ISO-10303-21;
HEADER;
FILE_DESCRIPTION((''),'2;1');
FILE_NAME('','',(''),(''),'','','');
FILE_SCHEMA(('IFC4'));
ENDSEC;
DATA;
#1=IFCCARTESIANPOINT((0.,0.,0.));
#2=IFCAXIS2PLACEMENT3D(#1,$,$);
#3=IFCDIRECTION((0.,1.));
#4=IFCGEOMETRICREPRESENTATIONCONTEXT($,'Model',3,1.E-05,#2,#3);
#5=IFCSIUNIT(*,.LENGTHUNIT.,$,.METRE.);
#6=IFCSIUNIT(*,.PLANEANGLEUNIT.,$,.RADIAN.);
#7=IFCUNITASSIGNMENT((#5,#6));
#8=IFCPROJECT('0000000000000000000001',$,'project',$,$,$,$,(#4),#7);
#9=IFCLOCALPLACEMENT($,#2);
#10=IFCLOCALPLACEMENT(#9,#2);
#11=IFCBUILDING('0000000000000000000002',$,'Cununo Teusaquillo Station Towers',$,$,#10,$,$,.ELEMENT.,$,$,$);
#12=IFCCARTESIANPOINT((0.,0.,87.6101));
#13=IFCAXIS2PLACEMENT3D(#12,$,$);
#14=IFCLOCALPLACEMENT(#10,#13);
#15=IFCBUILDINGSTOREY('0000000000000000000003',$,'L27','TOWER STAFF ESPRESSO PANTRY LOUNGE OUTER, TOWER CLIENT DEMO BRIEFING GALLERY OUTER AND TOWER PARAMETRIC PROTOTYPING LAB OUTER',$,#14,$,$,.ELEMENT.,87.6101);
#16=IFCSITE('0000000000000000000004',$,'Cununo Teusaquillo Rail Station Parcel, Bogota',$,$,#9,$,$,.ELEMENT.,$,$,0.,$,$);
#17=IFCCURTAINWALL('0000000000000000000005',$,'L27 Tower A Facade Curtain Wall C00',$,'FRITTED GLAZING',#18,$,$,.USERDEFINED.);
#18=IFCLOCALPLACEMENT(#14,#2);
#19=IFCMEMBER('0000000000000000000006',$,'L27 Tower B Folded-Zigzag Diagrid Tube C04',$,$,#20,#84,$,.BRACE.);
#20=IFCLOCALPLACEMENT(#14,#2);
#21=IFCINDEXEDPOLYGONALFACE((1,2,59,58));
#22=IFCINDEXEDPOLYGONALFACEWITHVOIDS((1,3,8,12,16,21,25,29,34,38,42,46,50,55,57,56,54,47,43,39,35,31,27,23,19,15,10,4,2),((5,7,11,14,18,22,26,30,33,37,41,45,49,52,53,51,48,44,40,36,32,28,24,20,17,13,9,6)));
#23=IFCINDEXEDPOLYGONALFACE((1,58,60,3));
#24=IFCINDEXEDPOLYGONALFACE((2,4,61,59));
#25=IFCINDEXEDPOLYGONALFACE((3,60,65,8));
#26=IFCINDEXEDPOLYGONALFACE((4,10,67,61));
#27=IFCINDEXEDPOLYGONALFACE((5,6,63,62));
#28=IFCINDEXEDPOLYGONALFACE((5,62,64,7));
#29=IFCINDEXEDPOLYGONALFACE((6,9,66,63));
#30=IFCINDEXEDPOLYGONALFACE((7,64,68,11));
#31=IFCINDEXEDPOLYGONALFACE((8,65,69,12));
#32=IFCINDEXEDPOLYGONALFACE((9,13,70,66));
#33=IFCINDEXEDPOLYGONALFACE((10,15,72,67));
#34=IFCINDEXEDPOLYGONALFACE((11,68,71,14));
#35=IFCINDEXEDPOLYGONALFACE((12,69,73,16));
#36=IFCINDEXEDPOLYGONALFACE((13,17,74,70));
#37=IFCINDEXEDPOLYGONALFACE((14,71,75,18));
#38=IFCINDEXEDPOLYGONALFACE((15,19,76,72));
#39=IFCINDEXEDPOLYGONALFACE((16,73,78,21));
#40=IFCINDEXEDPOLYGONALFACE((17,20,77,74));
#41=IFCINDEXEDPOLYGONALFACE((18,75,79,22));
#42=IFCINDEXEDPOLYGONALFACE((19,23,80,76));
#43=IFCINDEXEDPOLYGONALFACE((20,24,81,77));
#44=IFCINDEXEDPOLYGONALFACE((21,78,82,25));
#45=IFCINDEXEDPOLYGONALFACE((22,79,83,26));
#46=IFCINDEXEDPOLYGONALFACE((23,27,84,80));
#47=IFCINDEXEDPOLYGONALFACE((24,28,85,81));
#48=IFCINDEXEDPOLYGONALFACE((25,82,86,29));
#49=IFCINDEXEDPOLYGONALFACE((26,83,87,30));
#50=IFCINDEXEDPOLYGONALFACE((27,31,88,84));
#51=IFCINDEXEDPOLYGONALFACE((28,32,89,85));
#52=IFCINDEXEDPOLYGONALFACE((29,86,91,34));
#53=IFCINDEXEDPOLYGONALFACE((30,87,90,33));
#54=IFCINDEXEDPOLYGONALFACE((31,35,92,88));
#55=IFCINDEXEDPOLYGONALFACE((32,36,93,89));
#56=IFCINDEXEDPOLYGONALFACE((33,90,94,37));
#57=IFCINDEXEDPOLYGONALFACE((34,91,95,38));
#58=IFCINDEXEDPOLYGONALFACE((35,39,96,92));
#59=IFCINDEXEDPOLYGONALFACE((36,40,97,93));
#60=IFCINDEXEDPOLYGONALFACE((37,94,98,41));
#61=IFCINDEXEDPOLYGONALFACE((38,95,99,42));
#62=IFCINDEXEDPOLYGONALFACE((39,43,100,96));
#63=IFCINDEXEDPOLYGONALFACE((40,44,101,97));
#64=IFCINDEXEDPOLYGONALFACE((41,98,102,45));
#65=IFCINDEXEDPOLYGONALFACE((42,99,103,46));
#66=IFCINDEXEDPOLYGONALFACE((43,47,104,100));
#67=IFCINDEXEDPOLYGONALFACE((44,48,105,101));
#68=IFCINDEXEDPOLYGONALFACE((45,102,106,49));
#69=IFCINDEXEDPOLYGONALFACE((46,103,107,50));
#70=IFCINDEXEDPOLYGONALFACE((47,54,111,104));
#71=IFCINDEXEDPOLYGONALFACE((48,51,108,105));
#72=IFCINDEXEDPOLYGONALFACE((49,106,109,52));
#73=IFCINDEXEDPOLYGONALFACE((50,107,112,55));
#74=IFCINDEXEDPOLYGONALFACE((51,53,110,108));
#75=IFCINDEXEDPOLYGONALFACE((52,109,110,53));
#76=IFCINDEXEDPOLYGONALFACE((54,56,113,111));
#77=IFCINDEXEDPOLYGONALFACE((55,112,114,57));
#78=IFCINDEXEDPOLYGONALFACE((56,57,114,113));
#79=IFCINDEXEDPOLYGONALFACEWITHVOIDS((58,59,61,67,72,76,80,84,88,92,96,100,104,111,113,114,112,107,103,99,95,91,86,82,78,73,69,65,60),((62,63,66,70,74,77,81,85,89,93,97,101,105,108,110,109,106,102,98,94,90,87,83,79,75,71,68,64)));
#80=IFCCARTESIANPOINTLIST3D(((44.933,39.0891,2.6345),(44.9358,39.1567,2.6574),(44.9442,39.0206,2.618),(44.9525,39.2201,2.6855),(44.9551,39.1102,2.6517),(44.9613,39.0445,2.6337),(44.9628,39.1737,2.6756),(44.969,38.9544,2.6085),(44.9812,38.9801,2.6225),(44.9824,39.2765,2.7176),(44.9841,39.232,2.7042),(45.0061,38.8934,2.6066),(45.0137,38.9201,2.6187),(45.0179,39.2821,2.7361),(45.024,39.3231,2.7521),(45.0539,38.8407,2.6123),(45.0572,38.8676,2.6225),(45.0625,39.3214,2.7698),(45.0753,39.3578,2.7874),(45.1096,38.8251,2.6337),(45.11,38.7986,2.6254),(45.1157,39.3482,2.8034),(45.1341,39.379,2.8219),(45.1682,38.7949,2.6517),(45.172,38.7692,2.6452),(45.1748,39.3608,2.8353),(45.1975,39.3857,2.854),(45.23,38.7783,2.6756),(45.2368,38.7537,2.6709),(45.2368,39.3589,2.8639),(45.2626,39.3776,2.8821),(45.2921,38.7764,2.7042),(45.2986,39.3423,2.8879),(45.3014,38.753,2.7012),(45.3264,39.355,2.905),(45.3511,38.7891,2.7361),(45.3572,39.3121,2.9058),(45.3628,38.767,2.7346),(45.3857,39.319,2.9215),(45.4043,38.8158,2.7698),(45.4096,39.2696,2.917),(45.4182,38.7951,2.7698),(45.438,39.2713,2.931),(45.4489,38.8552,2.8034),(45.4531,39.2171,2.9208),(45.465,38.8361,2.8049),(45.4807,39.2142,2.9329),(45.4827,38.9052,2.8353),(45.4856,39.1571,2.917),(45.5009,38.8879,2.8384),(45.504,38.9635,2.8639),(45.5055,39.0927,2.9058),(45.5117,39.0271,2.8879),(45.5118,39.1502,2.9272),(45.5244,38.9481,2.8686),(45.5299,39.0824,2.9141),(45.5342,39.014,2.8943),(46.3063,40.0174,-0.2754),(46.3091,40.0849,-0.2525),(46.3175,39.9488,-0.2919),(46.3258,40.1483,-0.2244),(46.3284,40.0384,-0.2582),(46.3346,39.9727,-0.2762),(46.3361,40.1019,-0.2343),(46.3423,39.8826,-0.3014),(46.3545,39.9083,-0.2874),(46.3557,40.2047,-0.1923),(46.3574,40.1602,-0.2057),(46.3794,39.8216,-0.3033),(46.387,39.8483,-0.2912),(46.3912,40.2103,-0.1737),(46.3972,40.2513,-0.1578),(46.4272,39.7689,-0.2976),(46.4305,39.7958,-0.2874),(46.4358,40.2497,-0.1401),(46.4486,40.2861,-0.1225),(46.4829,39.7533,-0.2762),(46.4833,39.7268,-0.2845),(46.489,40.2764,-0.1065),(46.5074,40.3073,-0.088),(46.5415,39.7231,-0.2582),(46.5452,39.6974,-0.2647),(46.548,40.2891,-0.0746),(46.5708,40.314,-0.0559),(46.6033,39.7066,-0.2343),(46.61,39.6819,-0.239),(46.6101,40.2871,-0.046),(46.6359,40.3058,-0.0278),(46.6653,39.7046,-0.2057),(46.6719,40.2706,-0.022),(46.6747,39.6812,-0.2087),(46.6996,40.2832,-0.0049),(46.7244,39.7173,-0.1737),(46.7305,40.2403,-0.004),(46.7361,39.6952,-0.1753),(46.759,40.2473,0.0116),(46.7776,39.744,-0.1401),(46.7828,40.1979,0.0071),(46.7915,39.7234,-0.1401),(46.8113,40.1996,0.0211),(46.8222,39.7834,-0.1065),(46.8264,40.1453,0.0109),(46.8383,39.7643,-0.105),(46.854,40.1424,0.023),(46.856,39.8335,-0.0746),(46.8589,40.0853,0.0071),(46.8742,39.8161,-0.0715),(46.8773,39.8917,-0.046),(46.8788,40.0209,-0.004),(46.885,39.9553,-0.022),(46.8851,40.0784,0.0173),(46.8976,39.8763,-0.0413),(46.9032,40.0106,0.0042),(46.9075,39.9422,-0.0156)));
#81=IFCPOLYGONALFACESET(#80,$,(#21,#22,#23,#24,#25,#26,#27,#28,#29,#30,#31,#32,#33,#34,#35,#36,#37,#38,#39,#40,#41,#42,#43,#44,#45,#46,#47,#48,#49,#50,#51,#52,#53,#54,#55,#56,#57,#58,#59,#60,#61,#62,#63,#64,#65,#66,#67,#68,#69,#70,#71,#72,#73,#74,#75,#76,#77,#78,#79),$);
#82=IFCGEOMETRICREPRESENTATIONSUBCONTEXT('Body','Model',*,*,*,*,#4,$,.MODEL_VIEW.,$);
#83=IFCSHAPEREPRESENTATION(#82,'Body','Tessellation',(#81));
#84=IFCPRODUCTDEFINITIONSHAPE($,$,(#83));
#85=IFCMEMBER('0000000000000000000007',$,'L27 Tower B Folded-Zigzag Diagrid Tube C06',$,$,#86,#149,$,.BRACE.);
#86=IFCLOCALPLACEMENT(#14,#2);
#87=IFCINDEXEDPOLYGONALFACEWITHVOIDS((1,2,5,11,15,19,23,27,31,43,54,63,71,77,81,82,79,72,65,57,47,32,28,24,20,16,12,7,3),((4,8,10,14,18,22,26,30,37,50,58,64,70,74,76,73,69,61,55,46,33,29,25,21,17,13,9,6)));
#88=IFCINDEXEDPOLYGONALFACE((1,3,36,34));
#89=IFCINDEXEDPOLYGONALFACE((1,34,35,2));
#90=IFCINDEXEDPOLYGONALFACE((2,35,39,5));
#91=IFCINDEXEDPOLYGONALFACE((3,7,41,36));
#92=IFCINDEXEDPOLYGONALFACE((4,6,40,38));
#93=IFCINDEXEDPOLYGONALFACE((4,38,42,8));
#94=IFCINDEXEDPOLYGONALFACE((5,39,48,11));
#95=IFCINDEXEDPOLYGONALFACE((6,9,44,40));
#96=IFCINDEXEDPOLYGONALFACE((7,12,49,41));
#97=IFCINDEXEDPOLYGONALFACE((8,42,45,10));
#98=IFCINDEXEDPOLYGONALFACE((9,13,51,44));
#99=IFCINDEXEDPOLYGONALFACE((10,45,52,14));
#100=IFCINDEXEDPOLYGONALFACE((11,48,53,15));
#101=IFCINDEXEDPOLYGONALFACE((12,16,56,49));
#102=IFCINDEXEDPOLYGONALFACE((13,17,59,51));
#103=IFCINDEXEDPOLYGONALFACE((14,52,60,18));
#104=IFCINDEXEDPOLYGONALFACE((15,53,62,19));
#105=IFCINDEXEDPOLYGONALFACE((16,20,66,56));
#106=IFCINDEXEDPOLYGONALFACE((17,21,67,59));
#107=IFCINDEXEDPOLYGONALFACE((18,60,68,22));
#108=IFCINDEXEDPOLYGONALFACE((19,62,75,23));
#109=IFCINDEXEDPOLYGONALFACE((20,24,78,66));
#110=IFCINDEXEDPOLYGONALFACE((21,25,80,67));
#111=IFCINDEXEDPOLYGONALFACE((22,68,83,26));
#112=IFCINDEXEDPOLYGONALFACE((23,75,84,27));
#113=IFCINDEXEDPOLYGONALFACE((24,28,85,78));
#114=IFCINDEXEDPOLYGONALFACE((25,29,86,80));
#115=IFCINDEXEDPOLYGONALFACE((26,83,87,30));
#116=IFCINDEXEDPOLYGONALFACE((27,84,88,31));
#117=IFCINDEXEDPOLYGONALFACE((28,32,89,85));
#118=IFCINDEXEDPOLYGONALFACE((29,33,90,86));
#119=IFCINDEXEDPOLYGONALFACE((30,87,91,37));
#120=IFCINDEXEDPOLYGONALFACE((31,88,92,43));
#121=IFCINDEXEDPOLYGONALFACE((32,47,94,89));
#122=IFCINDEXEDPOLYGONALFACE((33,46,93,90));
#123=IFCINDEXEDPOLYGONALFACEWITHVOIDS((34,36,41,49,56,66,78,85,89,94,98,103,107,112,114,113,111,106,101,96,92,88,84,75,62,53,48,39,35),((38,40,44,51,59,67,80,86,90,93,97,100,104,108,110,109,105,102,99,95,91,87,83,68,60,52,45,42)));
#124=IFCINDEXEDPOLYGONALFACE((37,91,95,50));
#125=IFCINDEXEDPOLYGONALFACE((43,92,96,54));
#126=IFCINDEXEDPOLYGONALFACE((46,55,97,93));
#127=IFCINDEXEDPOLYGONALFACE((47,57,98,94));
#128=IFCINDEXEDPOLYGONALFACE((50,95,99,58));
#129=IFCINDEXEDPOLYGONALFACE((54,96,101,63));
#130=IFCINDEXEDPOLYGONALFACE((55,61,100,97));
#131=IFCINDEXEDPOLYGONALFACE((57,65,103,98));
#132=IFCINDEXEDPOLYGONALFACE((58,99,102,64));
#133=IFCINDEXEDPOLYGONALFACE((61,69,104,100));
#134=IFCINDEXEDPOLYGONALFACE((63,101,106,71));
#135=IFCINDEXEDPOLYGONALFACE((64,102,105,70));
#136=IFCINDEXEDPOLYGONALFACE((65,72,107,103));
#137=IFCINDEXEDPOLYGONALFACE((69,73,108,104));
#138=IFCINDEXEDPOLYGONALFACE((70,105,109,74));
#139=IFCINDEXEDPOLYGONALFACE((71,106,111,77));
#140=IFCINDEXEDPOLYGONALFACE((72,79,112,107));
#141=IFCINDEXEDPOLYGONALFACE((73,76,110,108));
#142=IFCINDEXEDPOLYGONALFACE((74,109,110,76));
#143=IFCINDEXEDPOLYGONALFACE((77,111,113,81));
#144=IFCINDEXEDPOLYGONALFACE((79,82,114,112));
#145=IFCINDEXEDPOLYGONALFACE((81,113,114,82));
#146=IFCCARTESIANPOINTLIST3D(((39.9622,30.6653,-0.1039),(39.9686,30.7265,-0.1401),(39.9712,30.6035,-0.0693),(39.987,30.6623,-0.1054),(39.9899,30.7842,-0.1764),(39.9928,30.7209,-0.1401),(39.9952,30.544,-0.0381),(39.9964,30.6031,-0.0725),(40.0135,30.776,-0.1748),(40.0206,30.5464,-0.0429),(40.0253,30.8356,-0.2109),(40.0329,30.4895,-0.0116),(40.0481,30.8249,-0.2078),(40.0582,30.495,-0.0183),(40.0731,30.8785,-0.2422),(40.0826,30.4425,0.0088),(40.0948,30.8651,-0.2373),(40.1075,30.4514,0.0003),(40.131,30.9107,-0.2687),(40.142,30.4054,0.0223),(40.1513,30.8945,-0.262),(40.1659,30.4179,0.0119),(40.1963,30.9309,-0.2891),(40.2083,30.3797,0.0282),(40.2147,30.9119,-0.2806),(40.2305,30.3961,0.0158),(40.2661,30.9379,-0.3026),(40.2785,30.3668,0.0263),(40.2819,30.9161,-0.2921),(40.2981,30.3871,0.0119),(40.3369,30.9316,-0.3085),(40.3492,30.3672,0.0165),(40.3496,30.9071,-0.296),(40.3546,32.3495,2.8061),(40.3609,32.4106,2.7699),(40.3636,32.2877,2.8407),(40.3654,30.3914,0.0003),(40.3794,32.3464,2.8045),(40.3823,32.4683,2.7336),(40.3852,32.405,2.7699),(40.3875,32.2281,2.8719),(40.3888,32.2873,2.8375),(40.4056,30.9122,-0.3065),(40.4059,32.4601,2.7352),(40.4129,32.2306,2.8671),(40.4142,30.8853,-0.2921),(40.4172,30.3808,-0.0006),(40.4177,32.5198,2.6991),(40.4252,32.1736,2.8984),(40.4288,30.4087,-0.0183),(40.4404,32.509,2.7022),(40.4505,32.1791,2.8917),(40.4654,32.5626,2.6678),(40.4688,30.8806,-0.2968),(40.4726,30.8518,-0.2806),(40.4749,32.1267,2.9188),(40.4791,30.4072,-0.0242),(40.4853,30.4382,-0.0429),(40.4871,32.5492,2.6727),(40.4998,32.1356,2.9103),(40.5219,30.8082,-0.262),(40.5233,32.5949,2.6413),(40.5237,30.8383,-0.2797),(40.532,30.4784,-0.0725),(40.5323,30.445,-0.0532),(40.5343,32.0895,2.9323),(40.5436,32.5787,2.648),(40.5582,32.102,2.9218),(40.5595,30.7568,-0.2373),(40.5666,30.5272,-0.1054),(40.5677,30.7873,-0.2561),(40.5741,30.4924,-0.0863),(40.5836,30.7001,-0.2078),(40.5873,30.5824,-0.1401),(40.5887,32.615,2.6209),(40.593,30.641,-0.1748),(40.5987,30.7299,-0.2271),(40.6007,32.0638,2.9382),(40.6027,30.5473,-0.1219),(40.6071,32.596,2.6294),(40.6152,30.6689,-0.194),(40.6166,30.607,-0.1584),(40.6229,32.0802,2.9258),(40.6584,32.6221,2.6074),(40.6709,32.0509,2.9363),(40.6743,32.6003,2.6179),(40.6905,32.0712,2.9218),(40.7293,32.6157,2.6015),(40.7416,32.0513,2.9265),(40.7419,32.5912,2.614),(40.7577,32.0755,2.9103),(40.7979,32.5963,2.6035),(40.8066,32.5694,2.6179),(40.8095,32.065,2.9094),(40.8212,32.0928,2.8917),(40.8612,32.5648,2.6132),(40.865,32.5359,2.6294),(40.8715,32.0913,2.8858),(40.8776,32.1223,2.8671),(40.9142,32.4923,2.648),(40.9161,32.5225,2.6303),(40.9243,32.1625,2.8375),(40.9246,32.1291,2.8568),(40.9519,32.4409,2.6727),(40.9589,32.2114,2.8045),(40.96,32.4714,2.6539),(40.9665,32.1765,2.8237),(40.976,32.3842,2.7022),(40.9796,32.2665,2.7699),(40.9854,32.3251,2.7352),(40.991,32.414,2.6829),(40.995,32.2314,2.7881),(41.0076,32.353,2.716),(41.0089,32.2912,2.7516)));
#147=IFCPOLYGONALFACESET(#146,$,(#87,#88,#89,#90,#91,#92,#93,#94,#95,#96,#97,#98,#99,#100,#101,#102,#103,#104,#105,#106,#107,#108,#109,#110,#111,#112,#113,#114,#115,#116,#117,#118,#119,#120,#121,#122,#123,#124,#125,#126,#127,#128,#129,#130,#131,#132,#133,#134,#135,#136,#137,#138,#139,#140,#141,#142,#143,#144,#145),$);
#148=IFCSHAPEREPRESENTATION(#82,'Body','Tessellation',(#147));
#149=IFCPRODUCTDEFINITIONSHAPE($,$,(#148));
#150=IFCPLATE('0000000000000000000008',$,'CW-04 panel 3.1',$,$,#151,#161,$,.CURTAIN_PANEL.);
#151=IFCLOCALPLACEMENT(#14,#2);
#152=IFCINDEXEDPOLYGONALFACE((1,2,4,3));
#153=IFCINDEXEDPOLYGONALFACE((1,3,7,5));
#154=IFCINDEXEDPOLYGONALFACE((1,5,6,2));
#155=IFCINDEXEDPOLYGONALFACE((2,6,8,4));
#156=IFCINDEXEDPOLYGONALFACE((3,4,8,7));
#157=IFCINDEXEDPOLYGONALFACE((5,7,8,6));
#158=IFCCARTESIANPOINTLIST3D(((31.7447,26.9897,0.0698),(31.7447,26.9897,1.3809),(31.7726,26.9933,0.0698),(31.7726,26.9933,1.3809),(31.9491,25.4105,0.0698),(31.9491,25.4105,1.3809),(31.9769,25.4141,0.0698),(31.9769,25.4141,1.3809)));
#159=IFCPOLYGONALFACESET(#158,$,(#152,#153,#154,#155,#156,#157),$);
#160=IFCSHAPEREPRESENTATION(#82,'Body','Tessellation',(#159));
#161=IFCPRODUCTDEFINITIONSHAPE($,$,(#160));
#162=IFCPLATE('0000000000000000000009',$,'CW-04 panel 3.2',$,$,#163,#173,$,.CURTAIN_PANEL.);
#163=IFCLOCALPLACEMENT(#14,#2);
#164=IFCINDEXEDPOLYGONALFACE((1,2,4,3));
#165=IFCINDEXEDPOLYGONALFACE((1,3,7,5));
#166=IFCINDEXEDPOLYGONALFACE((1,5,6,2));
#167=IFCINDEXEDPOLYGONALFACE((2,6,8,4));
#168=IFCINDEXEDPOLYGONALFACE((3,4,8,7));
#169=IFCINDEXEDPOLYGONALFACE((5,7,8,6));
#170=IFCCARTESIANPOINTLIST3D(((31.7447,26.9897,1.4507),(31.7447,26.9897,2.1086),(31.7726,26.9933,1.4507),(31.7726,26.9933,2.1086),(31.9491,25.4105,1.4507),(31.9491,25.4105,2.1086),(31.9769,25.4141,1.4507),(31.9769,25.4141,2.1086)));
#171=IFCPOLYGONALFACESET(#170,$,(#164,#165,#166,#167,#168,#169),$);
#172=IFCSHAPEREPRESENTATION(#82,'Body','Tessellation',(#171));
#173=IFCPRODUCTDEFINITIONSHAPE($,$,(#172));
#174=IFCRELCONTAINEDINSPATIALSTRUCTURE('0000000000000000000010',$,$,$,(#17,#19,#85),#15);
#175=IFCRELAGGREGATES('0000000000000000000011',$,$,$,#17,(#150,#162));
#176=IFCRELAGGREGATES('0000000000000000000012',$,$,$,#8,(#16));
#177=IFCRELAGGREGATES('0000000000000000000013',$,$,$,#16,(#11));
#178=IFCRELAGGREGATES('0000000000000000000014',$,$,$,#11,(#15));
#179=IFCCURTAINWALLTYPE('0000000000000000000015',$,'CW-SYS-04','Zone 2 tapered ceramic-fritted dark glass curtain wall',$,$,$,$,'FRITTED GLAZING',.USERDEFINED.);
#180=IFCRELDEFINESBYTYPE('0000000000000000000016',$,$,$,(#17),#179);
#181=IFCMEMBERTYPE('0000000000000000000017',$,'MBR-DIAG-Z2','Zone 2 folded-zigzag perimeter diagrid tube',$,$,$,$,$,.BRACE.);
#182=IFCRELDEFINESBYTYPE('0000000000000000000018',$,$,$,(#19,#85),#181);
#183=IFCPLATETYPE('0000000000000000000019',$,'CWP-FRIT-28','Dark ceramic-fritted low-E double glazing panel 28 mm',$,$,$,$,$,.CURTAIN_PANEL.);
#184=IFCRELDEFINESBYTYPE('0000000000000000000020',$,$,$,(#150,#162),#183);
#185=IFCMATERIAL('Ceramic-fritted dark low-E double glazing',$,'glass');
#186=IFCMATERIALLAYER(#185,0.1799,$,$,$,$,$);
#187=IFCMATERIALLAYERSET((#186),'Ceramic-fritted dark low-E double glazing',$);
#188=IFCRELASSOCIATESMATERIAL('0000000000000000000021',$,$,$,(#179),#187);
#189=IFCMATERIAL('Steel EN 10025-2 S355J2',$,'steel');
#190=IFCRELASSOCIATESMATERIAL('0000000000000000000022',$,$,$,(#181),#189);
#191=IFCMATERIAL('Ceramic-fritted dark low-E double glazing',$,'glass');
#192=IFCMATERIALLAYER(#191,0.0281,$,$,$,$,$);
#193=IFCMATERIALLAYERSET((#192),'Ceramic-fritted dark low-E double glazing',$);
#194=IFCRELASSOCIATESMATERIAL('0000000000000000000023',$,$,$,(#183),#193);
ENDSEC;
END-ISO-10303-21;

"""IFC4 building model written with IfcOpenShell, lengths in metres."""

from ifc_helpers import new_model, si_unit, direction, frame, origin, origin_2d, place, context, subcontext, project, spatial, rectangle, hollow_circle, extrude, source, transform, mapped, material, layer, layer_set, material_profile, profile_set, type_object, element, aggregate, save


model = new_model("IFC4")

# Units and contexts
model_context = context("Model", 3, precision=1e-05, world=origin(), true_north=direction((0.0, 1.0)))
body_context = subcontext(model_context, "Body", "Model", "MODEL_VIEW")
ifc_project = project(units=[si_unit("LENGTHUNIT", "METRE"), si_unit("PLANEANGLEUNIT", "RADIAN")], contexts=[model_context])

# Site, building, storey
site_placement = place(None, origin())
site = spatial("IfcSite", under=ifc_project, at=site_placement, Name="Cununo Teusaquillo Rail Station Parcel, Bogota", CompositionType="ELEMENT", RefElevation=0.0)
building_placement = place(site_placement, origin())
building = spatial("IfcBuilding", under=site, at=building_placement, Name="Cununo Teusaquillo Station Towers", CompositionType="ELEMENT")
storey_placement = place(building_placement, frame((0.0, 0.0, 87.6101)))
storey = spatial("IfcBuildingStorey", under=building, at=storey_placement, Name="L27", Description="TOWER STAFF ESPRESSO PANTRY LOUNGE OUTER, TOWER CLIENT DEMO BRIEFING GALLERY OUTER AND TOWER PARAMETRIC PROTOTYPING LAB OUTER", CompositionType="ELEMENT", Elevation=87.6101)

# Curtain wall
ifc_material_1 = material(Name="Ceramic-fritted dark low-E double glazing", Category="glass")
ifc_layer_1 = layer(ifc_material_1, 0.1799)
ifc_layer_set_1 = layer_set([ifc_layer_1], Name="Ceramic-fritted dark low-E double glazing")
curtain_wall_type = type_object("IfcCurtainWallType", Name="CW-SYS-04", Description="Zone 2 tapered ceramic-fritted dark glass curtain wall", ElementType="FRITTED GLAZING", PredefinedType="USERDEFINED", material=ifc_layer_set_1)
curtain_wall_placement = place(storey_placement, origin())
curtain_wall = element("IfcCurtainWall", 1, at=curtain_wall_placement, inside=storey, type_object=curtain_wall_type, Name="L27 Tower A Facade Curtain Wall C00", ObjectType="FRITTED GLAZING", PredefinedType="USERDEFINED")

# Members
ifc_material_2 = material(Name="Steel EN 10025-2 S355J2", Category="steel")
ifc_material_profile_1 = material_profile(ifc_material_2, hollow_circle(Radius=0.3301, WallThickness=0.0249, at=origin_2d()), Name="CHS 660x25")
ifc_profile_set_1 = profile_set([ifc_material_profile_1], Name="Steel EN 10025-2 S355J2")
member_type_1 = type_object("IfcMemberType", Name="MBR-DIAG-Z2", Description="Zone 2 folded-zigzag perimeter diagrid tube", PredefinedType="BRACE", material=ifc_profile_set_1)
member_1_placement = place(storey_placement, frame((46.6067, 39.9968, -0.1401), z_axis=(-0.410073, -0.277173, 0.868916), x_axis=(0.559991, -0.828498, 0.0)))
element("IfcMember", 2, at=member_1_placement, inside=storey, type_object=member_type_1, Name="L27 Tower B Folded-Zigzag Diagrid Tube C04", PredefinedType="BRACE", context=body_context, shape_type="SweptSolid", body=[
    extrude(hollow_circle(Radius=0.3301, WallThickness=0.0249, at=origin_2d()), origin(), (0.0, 0.0, 1.0), 3.3489),
])
member_2_placement = place(storey_placement, frame((40.29, 30.6516, -0.1401), z_axis=(0.115907, 0.497526, 0.859671), x_axis=(-0.97392, 0.22689, 0.0)))
element("IfcMember", 3, at=member_2_placement, inside=storey, type_object=member_type_1, Name="L27 Tower B Folded-Zigzag Diagrid Tube C06", PredefinedType="BRACE", context=body_context, shape_type="SweptSolid", body=[
    extrude(hollow_circle(Radius=0.3301, WallThickness=0.0249, at=origin_2d()), origin(), (0.0, 0.0, 1.0), 3.385),
])

# Plates
ifc_material_3 = material(Name="Ceramic-fritted dark low-E double glazing", Category="glass")
ifc_layer_2 = layer(ifc_material_3, 0.0281)
ifc_layer_set_2 = layer_set([ifc_layer_2], Name="Ceramic-fritted dark low-E double glazing")
plate_type = type_object("IfcPlateType", Name="CWP-FRIT-28", Description="Dark ceramic-fritted low-E double glazing panel 28 mm", PredefinedType="CURTAIN_PANEL", material=ifc_layer_set_2)
shared_shape_1 = source(origin(), body_context, "Body", "SweptSolid", [
    extrude(rectangle(XDim=1.5923, YDim=0.0281, at=origin_2d()), origin(), (0.0, 0.0, 1.0), 1.311),
])
plate_1_placement = place(storey_placement, frame((31.8608, 26.2019, 0.0698), z_axis=(0.0, 0.0, 1.0), x_axis=(0.128336, -0.991731, 0.0)))
plate_1 = element("IfcPlate", 4, at=plate_1_placement, type_object=plate_type, Name="CW-04 panel 3.1", PredefinedType="CURTAIN_PANEL", context=body_context, shape_type="MappedRepresentation", body=[
    mapped(shared_shape_1, transform((0.0, 0.0, 0.0), x_axis=(1.0, 0.0, 0.0), y_axis=(0.0, 1.0, 0.0), z_axis=(0.0, 0.0, 1.0), scale=1.0)),
])
shared_shape_2 = source(origin(), body_context, "Body", "SweptSolid", [
    extrude(rectangle(XDim=1.5923, YDim=0.0281, at=origin_2d()), origin(), (0.0, 0.0, 1.0), 0.658),
])
plate_2_placement = place(storey_placement, frame((31.8608, 26.2019, 1.4507), z_axis=(0.0, 0.0, 1.0), x_axis=(0.128336, -0.991731, 0.0)))
plate_2 = element("IfcPlate", 5, at=plate_2_placement, type_object=plate_type, Name="CW-04 panel 3.2", PredefinedType="CURTAIN_PANEL", context=body_context, shape_type="MappedRepresentation", body=[
    mapped(shared_shape_2, transform((0.0, 0.0, 0.0), x_axis=(1.0, 0.0, 0.0), y_axis=(0.0, 1.0, 0.0), z_axis=(0.0, 0.0, 1.0), scale=1.0)),
])
aggregate(curtain_wall, [plate_1, plate_2])

save(model, "model.ifc")
